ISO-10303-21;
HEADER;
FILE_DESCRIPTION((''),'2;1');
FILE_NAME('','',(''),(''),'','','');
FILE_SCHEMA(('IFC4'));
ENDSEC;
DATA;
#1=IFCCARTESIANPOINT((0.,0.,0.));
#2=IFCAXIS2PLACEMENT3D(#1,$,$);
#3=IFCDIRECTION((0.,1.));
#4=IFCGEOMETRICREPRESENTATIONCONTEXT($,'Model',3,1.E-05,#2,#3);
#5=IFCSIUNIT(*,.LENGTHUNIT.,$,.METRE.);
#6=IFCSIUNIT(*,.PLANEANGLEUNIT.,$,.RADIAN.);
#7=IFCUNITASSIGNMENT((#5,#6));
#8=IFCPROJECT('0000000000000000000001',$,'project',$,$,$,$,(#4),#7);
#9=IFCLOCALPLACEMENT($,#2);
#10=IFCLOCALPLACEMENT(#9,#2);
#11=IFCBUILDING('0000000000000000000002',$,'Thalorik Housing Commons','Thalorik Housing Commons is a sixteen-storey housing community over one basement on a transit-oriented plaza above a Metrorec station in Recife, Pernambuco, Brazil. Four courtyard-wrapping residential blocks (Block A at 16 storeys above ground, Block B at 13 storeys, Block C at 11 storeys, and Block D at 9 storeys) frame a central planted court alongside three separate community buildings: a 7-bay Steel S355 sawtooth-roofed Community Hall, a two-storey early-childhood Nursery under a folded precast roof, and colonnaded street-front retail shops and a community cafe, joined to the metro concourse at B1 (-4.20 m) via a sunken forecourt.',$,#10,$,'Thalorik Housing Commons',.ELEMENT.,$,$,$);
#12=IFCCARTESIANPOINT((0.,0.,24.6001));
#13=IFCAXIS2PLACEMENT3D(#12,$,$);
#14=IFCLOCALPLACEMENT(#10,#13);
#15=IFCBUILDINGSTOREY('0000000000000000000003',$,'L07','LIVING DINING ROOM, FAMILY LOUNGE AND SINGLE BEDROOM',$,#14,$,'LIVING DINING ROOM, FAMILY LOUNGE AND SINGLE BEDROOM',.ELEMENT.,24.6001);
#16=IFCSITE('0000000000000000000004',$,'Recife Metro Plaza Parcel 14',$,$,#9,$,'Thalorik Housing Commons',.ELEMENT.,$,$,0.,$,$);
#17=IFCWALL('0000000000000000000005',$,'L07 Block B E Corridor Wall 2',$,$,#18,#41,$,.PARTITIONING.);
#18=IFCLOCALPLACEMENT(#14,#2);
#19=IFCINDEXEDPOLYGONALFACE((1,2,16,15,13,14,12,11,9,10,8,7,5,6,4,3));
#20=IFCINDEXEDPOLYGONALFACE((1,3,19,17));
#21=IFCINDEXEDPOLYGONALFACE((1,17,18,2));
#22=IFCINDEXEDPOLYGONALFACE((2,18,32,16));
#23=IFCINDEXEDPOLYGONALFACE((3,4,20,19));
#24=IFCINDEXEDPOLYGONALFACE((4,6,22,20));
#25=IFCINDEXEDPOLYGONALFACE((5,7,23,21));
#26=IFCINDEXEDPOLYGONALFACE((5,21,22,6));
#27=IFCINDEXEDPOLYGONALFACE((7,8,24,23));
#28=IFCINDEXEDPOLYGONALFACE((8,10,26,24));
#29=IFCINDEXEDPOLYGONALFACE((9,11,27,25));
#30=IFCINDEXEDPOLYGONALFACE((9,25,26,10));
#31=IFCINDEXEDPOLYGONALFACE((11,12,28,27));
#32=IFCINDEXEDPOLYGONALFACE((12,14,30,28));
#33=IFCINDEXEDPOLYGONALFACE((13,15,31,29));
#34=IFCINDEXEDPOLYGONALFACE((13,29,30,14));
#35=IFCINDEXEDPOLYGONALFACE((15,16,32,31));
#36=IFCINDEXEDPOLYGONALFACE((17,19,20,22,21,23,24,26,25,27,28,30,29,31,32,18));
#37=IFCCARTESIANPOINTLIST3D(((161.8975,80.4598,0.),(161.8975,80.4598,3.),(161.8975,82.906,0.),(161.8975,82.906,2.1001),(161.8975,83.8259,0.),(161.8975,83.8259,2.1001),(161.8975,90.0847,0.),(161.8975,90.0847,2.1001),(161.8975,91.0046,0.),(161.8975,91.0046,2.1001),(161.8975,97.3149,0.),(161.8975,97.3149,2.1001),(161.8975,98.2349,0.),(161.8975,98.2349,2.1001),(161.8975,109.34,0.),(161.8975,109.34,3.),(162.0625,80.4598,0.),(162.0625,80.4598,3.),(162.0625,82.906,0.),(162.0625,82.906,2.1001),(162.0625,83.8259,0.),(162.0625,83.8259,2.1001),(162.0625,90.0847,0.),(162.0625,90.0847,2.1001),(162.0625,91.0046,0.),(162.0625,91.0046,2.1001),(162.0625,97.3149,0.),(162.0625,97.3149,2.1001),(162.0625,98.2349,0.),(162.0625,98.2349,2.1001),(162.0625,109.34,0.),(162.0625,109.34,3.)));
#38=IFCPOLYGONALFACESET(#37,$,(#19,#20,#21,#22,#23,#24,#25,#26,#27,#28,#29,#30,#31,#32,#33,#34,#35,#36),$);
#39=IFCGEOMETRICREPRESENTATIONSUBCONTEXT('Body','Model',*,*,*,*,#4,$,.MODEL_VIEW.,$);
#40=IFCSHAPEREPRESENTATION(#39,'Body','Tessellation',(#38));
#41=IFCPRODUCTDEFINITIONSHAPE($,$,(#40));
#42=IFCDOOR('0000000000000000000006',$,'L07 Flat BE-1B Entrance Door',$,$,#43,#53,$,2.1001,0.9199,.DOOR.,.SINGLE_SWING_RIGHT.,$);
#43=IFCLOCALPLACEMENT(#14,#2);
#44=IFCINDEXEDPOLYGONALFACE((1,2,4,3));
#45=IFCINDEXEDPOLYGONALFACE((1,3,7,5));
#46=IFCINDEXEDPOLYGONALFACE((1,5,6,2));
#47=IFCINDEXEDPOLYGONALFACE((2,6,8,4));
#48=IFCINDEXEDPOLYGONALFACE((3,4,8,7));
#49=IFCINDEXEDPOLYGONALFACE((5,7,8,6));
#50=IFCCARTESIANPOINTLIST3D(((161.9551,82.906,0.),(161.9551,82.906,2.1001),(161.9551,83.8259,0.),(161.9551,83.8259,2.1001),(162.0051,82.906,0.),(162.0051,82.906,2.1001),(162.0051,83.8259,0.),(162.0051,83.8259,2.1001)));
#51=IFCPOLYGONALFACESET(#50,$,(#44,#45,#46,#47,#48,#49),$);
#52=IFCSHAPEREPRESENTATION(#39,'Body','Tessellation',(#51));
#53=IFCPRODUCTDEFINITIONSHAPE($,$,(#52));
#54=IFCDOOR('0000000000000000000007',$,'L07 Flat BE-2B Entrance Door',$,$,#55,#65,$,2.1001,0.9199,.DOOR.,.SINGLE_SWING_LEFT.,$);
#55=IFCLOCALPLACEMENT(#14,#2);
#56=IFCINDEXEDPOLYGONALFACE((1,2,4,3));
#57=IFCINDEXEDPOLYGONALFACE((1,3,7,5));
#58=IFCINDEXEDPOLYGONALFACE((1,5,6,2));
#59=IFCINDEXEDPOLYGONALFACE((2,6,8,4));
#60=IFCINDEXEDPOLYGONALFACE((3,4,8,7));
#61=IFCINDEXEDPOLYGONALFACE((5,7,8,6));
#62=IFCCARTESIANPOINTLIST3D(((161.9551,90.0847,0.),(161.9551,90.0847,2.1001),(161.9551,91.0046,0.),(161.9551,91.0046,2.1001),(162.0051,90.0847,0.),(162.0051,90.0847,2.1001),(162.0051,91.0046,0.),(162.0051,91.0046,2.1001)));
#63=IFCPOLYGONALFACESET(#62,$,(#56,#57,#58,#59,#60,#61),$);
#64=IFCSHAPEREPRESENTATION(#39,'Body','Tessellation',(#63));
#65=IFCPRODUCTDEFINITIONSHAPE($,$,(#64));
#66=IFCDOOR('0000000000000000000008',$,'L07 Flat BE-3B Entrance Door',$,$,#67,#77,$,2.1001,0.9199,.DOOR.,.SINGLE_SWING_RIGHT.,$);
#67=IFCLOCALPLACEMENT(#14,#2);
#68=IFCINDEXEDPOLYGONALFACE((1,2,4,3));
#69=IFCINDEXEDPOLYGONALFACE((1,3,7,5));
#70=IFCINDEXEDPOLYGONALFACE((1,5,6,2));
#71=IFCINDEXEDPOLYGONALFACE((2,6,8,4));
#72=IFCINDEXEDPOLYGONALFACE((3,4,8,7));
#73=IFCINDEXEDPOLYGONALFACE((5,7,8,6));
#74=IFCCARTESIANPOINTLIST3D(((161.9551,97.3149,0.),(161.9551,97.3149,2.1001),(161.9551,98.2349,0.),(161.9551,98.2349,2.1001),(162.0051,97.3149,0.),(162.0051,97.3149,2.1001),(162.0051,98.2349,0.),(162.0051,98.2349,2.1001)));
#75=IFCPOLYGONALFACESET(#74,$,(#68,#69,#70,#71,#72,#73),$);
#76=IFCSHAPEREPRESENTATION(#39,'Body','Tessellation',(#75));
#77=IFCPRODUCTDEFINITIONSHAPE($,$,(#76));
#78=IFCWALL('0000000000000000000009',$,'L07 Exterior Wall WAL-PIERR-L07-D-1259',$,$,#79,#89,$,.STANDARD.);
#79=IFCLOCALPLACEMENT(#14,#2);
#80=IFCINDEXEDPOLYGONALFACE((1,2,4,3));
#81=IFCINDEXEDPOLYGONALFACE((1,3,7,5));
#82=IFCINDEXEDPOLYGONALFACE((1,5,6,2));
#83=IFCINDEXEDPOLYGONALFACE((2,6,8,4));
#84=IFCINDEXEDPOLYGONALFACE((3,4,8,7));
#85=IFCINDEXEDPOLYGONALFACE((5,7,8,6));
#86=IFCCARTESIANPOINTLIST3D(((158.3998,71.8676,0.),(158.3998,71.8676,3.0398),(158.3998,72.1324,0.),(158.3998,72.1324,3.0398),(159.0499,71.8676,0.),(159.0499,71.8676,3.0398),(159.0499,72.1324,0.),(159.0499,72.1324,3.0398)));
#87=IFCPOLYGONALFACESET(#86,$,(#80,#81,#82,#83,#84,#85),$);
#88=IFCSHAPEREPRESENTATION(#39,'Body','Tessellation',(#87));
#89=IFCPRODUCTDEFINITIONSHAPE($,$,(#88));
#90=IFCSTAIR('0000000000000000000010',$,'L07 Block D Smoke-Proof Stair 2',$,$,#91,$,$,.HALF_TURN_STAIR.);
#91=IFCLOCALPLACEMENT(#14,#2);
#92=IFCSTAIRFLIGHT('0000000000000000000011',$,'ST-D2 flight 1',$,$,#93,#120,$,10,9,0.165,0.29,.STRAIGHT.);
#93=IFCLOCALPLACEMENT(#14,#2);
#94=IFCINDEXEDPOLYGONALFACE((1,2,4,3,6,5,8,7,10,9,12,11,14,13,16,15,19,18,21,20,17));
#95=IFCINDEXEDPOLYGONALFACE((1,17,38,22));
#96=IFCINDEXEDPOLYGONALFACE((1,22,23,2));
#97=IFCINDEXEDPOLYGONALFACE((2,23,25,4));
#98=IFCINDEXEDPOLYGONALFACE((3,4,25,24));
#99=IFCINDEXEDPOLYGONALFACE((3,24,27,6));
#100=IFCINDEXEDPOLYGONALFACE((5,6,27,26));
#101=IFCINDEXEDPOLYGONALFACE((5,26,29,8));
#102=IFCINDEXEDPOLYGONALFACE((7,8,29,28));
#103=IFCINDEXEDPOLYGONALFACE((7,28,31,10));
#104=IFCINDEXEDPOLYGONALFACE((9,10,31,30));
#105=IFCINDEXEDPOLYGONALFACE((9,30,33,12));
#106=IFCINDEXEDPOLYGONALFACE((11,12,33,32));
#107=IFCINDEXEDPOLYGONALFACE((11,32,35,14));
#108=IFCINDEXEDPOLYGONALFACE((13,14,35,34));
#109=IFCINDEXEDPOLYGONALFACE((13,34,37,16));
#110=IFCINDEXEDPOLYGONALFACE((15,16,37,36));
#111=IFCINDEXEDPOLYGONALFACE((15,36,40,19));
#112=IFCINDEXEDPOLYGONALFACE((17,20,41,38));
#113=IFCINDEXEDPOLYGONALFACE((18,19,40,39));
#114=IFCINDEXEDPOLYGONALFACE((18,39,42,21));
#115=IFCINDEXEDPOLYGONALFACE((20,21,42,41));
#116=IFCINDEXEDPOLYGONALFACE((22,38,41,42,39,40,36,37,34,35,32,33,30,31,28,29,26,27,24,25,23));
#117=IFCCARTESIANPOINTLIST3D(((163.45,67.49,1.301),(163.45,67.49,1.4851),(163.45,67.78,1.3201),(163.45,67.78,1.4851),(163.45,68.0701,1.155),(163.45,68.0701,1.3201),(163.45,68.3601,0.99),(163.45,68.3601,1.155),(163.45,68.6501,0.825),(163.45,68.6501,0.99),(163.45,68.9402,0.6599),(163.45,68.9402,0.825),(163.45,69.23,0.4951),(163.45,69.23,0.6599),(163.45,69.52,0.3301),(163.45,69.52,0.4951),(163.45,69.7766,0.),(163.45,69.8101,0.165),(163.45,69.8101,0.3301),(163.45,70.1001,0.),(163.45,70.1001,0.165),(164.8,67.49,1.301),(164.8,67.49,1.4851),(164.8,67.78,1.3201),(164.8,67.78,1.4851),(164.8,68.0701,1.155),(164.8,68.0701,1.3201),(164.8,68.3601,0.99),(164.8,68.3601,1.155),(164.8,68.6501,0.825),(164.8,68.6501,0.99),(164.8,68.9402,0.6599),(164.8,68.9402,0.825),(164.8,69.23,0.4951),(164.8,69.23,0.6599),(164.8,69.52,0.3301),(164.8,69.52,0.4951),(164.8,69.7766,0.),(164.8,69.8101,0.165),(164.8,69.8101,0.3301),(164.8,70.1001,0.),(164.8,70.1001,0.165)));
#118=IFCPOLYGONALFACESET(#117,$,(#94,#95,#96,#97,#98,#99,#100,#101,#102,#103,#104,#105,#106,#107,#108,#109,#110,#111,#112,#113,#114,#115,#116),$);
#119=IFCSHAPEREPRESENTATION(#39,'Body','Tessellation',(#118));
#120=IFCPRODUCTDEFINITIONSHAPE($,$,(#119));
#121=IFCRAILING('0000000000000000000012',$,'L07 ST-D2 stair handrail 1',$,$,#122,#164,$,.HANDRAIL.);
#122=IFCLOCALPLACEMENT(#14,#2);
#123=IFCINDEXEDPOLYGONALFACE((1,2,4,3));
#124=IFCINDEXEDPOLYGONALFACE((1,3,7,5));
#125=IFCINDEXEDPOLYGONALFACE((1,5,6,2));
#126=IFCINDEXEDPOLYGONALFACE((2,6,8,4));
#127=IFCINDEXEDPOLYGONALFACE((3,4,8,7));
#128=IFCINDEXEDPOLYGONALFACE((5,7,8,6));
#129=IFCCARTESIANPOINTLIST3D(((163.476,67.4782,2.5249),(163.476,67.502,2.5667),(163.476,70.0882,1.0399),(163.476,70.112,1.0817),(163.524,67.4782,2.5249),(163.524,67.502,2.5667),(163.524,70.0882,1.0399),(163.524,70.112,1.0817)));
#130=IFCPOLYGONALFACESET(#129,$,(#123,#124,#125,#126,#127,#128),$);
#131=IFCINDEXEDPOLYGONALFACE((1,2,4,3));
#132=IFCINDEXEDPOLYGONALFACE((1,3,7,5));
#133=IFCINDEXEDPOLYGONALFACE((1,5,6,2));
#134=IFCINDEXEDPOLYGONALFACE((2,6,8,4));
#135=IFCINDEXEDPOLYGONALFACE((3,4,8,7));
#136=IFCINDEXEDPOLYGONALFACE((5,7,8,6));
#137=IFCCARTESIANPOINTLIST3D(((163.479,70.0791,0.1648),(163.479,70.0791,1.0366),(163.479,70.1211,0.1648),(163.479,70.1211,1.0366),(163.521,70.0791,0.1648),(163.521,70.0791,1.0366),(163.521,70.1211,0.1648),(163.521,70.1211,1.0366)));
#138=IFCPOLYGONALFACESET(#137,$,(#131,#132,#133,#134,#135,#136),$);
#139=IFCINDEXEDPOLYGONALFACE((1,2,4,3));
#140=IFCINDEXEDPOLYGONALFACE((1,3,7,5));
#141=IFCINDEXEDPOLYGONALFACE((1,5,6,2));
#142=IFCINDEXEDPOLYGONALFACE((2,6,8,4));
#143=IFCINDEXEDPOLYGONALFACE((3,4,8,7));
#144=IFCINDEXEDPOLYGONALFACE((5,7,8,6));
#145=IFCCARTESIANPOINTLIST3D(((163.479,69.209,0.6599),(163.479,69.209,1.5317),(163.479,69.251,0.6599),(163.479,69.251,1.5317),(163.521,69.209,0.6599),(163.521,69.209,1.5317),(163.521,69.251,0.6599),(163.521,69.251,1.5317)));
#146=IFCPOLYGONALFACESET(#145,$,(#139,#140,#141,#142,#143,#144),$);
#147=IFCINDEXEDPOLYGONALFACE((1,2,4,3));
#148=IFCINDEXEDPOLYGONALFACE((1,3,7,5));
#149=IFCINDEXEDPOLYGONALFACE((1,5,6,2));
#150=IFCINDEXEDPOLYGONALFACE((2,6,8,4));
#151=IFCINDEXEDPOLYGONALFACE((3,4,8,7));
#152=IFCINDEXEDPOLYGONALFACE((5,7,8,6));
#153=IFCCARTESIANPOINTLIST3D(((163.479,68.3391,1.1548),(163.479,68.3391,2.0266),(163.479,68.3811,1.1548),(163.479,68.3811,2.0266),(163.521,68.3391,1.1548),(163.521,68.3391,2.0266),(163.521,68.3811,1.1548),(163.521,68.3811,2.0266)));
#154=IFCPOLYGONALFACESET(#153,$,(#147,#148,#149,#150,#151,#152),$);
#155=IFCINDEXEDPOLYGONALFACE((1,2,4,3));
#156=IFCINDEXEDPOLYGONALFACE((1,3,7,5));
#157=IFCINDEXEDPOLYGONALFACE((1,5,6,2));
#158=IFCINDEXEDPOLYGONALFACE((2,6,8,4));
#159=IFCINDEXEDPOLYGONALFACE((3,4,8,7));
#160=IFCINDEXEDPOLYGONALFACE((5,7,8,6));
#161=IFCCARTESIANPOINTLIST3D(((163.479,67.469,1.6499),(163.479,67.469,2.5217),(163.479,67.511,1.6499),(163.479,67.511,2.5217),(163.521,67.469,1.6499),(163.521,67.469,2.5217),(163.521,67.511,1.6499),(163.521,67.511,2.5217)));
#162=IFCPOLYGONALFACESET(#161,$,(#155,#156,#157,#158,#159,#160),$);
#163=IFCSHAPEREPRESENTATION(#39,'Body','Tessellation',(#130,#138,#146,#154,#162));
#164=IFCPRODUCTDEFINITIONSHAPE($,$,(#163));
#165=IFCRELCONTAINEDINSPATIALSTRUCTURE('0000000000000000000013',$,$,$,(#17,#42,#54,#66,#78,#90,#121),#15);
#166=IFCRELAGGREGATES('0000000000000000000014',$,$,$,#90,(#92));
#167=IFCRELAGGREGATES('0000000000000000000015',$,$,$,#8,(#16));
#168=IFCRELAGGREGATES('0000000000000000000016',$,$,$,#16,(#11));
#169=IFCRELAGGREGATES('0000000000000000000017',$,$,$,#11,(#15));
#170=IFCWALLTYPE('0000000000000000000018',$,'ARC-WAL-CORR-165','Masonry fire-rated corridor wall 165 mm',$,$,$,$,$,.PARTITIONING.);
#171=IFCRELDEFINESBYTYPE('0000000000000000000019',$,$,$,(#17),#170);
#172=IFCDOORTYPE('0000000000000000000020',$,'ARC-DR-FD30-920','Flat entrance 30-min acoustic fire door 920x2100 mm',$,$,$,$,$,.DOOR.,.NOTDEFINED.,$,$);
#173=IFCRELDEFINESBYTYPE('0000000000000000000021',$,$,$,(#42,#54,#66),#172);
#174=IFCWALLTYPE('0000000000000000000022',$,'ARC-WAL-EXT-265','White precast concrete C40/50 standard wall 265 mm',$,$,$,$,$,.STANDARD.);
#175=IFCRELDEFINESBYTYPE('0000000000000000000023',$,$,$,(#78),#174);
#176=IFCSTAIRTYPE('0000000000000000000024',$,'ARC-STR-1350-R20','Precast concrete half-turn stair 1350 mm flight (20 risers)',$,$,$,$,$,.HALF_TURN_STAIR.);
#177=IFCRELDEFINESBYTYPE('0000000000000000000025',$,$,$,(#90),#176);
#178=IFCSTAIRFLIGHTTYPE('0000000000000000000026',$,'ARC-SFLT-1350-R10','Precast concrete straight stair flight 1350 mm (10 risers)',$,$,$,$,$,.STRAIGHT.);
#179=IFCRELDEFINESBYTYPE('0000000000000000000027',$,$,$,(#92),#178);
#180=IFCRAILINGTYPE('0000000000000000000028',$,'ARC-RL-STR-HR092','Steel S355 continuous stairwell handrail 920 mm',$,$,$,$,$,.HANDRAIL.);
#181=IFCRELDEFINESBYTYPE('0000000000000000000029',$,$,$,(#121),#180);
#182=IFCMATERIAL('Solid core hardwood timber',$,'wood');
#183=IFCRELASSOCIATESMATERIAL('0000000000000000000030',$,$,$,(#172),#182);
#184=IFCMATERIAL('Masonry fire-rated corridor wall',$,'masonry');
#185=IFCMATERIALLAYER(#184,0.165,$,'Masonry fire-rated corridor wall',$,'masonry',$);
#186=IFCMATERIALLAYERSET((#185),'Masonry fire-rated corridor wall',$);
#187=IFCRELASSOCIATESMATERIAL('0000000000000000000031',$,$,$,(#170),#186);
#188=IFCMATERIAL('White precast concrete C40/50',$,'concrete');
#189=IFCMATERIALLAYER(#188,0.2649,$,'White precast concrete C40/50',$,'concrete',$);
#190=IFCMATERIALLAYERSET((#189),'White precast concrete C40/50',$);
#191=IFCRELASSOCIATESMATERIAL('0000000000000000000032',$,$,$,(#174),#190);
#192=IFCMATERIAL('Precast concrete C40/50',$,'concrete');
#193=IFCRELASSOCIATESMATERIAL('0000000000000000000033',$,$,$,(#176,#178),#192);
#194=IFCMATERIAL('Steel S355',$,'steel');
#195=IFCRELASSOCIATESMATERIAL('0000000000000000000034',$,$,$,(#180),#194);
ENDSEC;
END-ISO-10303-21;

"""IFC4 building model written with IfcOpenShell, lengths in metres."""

from ifc_helpers import new_model, si_unit, direction, frame, frame_2d, origin, origin_2d, place, context, subcontext, project, spatial, polyline, rectangle, outline, extrude, material, layer, layer_set, type_object, element, fill, aggregate, save


model = new_model("IFC4")

# Units and contexts
model_context = context("Model", 3, precision=1e-05, world=origin(), true_north=direction((0.0, 1.0)))
body_context = subcontext(model_context, "Body", "Model", "MODEL_VIEW")
ifc_project = project(units=[si_unit("LENGTHUNIT", "METRE"), si_unit("PLANEANGLEUNIT", "RADIAN")], contexts=[model_context])

# Site, building, storey
site_placement = place(None, origin())
site = spatial("IfcSite", under=ifc_project, at=site_placement, Name="Recife Metro Plaza Parcel 14", LongName="Thalorik Housing Commons", CompositionType="ELEMENT", RefElevation=0.0)
building_placement = place(site_placement, origin())
building = spatial("IfcBuilding", under=site, at=building_placement, Name="Thalorik Housing Commons", Description="Thalorik Housing Commons is a sixteen-storey housing community over one basement on a transit-oriented plaza above a Metrorec station in Recife, Pernambuco, Brazil. Four courtyard-wrapping residential blocks (Block A at 16 storeys above ground, Block B at 13 storeys, Block C at 11 storeys, and Block D at 9 storeys) frame a central planted court alongside three separate community buildings: a 7-bay Steel S355 sawtooth-roofed Community Hall, a two-storey early-childhood Nursery under a folded precast roof, and colonnaded street-front retail shops and a community cafe, joined to the metro concourse at B1 (-4.20 m) via a sunken forecourt.", LongName="Thalorik Housing Commons", CompositionType="ELEMENT")
storey_placement = place(building_placement, frame((0.0, 0.0, 24.6001)))
storey = spatial("IfcBuildingStorey", under=building, at=storey_placement, Name="L07", Description="LIVING DINING ROOM, FAMILY LOUNGE AND SINGLE BEDROOM", LongName="LIVING DINING ROOM, FAMILY LOUNGE AND SINGLE BEDROOM", CompositionType="ELEMENT", Elevation=24.6001)

# Shared definitions
ifc_material_1 = material(Name="Precast concrete C40/50", Category="concrete")

# Shared definitions
ifc_material_2 = material(Name="Steel S355", Category="steel")

# Wall, openings, doors
ifc_material_3 = material(Name="Masonry fire-rated corridor wall", Category="masonry")
ifc_material_4 = material(Name="Solid core hardwood timber", Category="wood")
door_type_1 = type_object("IfcDoorType", Name="ARC-DR-FD30-920", Description="Flat entrance 30-min acoustic fire door 920x2100 mm", OperationType="NOTDEFINED", PredefinedType="DOOR", material=ifc_material_4)
ifc_layer_1 = layer(ifc_material_3, 0.165, Name="Masonry fire-rated corridor wall", Category="masonry")
ifc_layer_set_1 = layer_set([ifc_layer_1], Name="Masonry fire-rated corridor wall")
wall_type_1 = type_object("IfcWallType", Name="ARC-WAL-CORR-165", Description="Masonry fire-rated corridor wall 165 mm", PredefinedType="PARTITIONING", material=ifc_layer_set_1)
wall_1_placement = place(storey_placement, frame((161.98, 80.46, 0.0), z_axis=(0.0, 0.0, 1.0), x_axis=(0.0, 1.0, 0.0)))
wall_1 = element("IfcWall", 1, at=wall_1_placement, inside=storey, type_object=wall_type_1, Name="L07 Block B E Corridor Wall 2", PredefinedType="PARTITIONING", context=body_context, shape_type="SweptSolid", body=[
    extrude(rectangle(XDim=28.8801, YDim=0.165, at=frame_2d((14.4399, 0.0))), origin(), (0.0, 0.0, 1.0), 3.0),
])
opening_1_placement = place(wall_1_placement, frame((2.446, 0.0, 0.0)))
opening_1 = element("IfcOpeningElement", 2, at=opening_1_placement, cuts=wall_1, PredefinedType="OPENING", context=body_context, shape_type="SweptSolid", body=[
    extrude(rectangle(XDim=0.9199, YDim=2.1001, at=frame_2d((0.46, 1.05))), frame((0.0, 0.0925, 0.0), z_axis=(0.0, -1.0, 0.0), x_axis=(1.0, 0.0, 0.0)), (0.0, 0.0, 1.0), 0.1851),
])
opening_2_placement = place(wall_1_placement, frame((9.6248, 0.0, 0.0)))
opening_2 = element("IfcOpeningElement", 3, at=opening_2_placement, cuts=wall_1, PredefinedType="OPENING", context=body_context, shape_type="SweptSolid", body=[
    extrude(rectangle(XDim=0.9199, YDim=2.1001, at=frame_2d((0.46, 1.05))), frame((0.0, 0.0925, 0.0), z_axis=(0.0, -1.0, 0.0), x_axis=(1.0, 0.0, 0.0)), (0.0, 0.0, 1.0), 0.1851),
])
opening_3_placement = place(wall_1_placement, frame((16.855, 0.0, 0.0)))
opening_3 = element("IfcOpeningElement", 4, at=opening_3_placement, cuts=wall_1, PredefinedType="OPENING", context=body_context, shape_type="SweptSolid", body=[
    extrude(rectangle(XDim=0.9199, YDim=2.1001, at=frame_2d((0.46, 1.05))), frame((0.0, 0.0925, 0.0), z_axis=(0.0, -1.0, 0.0), x_axis=(1.0, 0.0, 0.0)), (0.0, 0.0, 1.0), 0.1851),
])
door_1_placement = place(opening_1_placement, origin())
door_1 = element("IfcDoor", 5, at=door_1_placement, inside=storey, type_object=door_type_1, Name="L07 Flat BE-1B Entrance Door", OperationType="SINGLE_SWING_RIGHT", OverallHeight=2.1001, OverallWidth=0.9199, PredefinedType="DOOR", context=body_context, shape_type="SweptSolid", body=[
    extrude(rectangle(XDim=0.9199, YDim=2.1001, at=frame_2d((0.46, 1.05))), frame((0.0, 0.0249, 0.0), z_axis=(0.0, -1.0, 0.0), x_axis=(1.0, 0.0, 0.0)), (0.0, 0.0, 1.0), 0.05),
])
fill(opening_1, door_1)
door_2_placement = place(opening_2_placement, origin())
door_2 = element("IfcDoor", 6, at=door_2_placement, inside=storey, type_object=door_type_1, Name="L07 Flat BE-2B Entrance Door", OperationType="SINGLE_SWING_LEFT", OverallHeight=2.1001, OverallWidth=0.9199, PredefinedType="DOOR", context=body_context, shape_type="SweptSolid", body=[
    extrude(rectangle(XDim=0.9199, YDim=2.1001, at=frame_2d((0.46, 1.05))), frame((0.0, 0.0249, 0.0), z_axis=(0.0, -1.0, 0.0), x_axis=(1.0, 0.0, 0.0)), (0.0, 0.0, 1.0), 0.05),
])
fill(opening_2, door_2)
door_3_placement = place(opening_3_placement, origin())
door_3 = element("IfcDoor", 7, at=door_3_placement, inside=storey, type_object=door_type_1, Name="L07 Flat BE-3B Entrance Door", OperationType="SINGLE_SWING_RIGHT", OverallHeight=2.1001, OverallWidth=0.9199, PredefinedType="DOOR", context=body_context, shape_type="SweptSolid", body=[
    extrude(rectangle(XDim=0.9199, YDim=2.1001, at=frame_2d((0.46, 1.05))), frame((0.0, 0.0249, 0.0), z_axis=(0.0, -1.0, 0.0), x_axis=(1.0, 0.0, 0.0)), (0.0, 0.0, 1.0), 0.05),
])
fill(opening_3, door_3)

# Wall
ifc_material_5 = material(Name="White precast concrete C40/50", Category="concrete")
ifc_layer_2 = layer(ifc_material_5, 0.2649, Name="White precast concrete C40/50", Category="concrete")
ifc_layer_set_2 = layer_set([ifc_layer_2], Name="White precast concrete C40/50")
wall_type_2 = type_object("IfcWallType", Name="ARC-WAL-EXT-265", Description="White precast concrete C40/50 standard wall 265 mm", PredefinedType="STANDARD", material=ifc_layer_set_2)
wall_2_placement = place(storey_placement, frame((159.05, 72.0, 0.0), z_axis=(0.0, 0.0, 1.0), x_axis=(-1.0, 0.0, 0.0)))
element("IfcWall", 8, at=wall_2_placement, inside=storey, type_object=wall_type_2, Name="L07 Exterior Wall WAL-PIERR-L07-D-1259", PredefinedType="STANDARD", context=body_context, shape_type="SweptSolid", body=[
    extrude(rectangle(XDim=0.6501, YDim=0.2649, at=frame_2d((0.3252, 0.0))), origin(), (0.0, 0.0, 1.0), 3.0398),
])

# Stair, stair flight
stair_type = type_object("IfcStairType", Name="ARC-STR-1350-R20", Description="Precast concrete half-turn stair 1350 mm flight (20 risers)", PredefinedType="HALF_TURN_STAIR", material=ifc_material_1)
stair_placement = place(storey_placement, origin())
stair = element("IfcStair", 9, at=stair_placement, inside=storey, type_object=stair_type, Name="L07 Block D Smoke-Proof Stair 2", PredefinedType="HALF_TURN_STAIR")
stair_flight_type = type_object("IfcStairFlightType", Name="ARC-SFLT-1350-R10", Description="Precast concrete straight stair flight 1350 mm (10 risers)", PredefinedType="STRAIGHT", material=ifc_material_1)
stair_flight_placement = place(storey_placement, frame((164.125, 70.1001, 0.0), z_axis=(0.0, 0.0, 1.0), x_axis=(0.0, -1.0, 0.0)))
stair_flight = element("IfcStairFlight", 10, at=stair_flight_placement, type_object=stair_flight_type, Name="ST-D2 flight 1", NumberOfRisers=10, NumberOfTreads=9, PredefinedType="STRAIGHT", RiserHeight=0.165, TreadLength=0.29, context=body_context, shape_type="SweptSolid", body=[
    extrude(outline(polyline([(0.0, 0.0), (0.0, 0.165), (0.29, 0.165), (0.29, 0.3301), (0.5801, 0.3301), (0.5801, 0.4951), (0.8701, 0.4951), (0.8701, 0.6599), (1.1599, 0.6599), (1.1599, 0.825), (1.45, 0.825), (1.45, 0.99), (1.74, 0.99), (1.74, 1.155), (2.03, 1.155), (2.03, 1.3201), (2.3201, 1.3201), (2.3201, 1.4851), (2.6101, 1.4851), (2.6101, 1.6499), (2.6101, 1.301), (0.3235, 0.0), (0.0, 0.0)])), frame((0.0, 0.675, 0.0), z_axis=(0.0, -1.0, 0.0), x_axis=(1.0, 0.0, 0.0)), (0.0, 0.0, 1.0), 1.3501),
])
aggregate(stair, [stair_flight])

# Railing
railing_type = type_object("IfcRailingType", Name="ARC-RL-STR-HR092", Description="Steel S355 continuous stairwell handrail 920 mm", PredefinedType="HANDRAIL", material=ifc_material_2)
railing_placement = place(storey_placement, frame((163.5, 70.1001, 0.1648)))
element("IfcRailing", 11, at=railing_placement, inside=storey, type_object=railing_type, Name="L07 ST-D2 stair handrail 1", PredefinedType="HANDRAIL", context=body_context, shape_type="SweptSolid", body=[
    extrude(rectangle(XDim=0.0481, YDim=0.0481, at=origin_2d()), frame((0.0, 0.0, 0.896), z_axis=(0.0, -0.869157, 0.494536), x_axis=(1.0, 0.0, 0.0)), (0.0, 0.0, 1.0), 3.0029),
    extrude(rectangle(XDim=0.042, YDim=0.042, at=origin_2d()), origin(), (0.0, 0.0, 1.0), 0.8718),
    extrude(rectangle(XDim=0.042, YDim=0.042, at=origin_2d()), frame((0.0, -0.8701, 0.4951)), (0.0, 0.0, 1.0), 0.8718),
    extrude(rectangle(XDim=0.042, YDim=0.042, at=origin_2d()), frame((0.0, -1.74, 0.99)), (0.0, 0.0, 1.0), 0.8718),
    extrude(rectangle(XDim=0.042, YDim=0.042, at=origin_2d()), frame((0.0, -2.6101, 1.4851)), (0.0, 0.0, 1.0), 0.8718),
])

save(model, "model.ifc")
